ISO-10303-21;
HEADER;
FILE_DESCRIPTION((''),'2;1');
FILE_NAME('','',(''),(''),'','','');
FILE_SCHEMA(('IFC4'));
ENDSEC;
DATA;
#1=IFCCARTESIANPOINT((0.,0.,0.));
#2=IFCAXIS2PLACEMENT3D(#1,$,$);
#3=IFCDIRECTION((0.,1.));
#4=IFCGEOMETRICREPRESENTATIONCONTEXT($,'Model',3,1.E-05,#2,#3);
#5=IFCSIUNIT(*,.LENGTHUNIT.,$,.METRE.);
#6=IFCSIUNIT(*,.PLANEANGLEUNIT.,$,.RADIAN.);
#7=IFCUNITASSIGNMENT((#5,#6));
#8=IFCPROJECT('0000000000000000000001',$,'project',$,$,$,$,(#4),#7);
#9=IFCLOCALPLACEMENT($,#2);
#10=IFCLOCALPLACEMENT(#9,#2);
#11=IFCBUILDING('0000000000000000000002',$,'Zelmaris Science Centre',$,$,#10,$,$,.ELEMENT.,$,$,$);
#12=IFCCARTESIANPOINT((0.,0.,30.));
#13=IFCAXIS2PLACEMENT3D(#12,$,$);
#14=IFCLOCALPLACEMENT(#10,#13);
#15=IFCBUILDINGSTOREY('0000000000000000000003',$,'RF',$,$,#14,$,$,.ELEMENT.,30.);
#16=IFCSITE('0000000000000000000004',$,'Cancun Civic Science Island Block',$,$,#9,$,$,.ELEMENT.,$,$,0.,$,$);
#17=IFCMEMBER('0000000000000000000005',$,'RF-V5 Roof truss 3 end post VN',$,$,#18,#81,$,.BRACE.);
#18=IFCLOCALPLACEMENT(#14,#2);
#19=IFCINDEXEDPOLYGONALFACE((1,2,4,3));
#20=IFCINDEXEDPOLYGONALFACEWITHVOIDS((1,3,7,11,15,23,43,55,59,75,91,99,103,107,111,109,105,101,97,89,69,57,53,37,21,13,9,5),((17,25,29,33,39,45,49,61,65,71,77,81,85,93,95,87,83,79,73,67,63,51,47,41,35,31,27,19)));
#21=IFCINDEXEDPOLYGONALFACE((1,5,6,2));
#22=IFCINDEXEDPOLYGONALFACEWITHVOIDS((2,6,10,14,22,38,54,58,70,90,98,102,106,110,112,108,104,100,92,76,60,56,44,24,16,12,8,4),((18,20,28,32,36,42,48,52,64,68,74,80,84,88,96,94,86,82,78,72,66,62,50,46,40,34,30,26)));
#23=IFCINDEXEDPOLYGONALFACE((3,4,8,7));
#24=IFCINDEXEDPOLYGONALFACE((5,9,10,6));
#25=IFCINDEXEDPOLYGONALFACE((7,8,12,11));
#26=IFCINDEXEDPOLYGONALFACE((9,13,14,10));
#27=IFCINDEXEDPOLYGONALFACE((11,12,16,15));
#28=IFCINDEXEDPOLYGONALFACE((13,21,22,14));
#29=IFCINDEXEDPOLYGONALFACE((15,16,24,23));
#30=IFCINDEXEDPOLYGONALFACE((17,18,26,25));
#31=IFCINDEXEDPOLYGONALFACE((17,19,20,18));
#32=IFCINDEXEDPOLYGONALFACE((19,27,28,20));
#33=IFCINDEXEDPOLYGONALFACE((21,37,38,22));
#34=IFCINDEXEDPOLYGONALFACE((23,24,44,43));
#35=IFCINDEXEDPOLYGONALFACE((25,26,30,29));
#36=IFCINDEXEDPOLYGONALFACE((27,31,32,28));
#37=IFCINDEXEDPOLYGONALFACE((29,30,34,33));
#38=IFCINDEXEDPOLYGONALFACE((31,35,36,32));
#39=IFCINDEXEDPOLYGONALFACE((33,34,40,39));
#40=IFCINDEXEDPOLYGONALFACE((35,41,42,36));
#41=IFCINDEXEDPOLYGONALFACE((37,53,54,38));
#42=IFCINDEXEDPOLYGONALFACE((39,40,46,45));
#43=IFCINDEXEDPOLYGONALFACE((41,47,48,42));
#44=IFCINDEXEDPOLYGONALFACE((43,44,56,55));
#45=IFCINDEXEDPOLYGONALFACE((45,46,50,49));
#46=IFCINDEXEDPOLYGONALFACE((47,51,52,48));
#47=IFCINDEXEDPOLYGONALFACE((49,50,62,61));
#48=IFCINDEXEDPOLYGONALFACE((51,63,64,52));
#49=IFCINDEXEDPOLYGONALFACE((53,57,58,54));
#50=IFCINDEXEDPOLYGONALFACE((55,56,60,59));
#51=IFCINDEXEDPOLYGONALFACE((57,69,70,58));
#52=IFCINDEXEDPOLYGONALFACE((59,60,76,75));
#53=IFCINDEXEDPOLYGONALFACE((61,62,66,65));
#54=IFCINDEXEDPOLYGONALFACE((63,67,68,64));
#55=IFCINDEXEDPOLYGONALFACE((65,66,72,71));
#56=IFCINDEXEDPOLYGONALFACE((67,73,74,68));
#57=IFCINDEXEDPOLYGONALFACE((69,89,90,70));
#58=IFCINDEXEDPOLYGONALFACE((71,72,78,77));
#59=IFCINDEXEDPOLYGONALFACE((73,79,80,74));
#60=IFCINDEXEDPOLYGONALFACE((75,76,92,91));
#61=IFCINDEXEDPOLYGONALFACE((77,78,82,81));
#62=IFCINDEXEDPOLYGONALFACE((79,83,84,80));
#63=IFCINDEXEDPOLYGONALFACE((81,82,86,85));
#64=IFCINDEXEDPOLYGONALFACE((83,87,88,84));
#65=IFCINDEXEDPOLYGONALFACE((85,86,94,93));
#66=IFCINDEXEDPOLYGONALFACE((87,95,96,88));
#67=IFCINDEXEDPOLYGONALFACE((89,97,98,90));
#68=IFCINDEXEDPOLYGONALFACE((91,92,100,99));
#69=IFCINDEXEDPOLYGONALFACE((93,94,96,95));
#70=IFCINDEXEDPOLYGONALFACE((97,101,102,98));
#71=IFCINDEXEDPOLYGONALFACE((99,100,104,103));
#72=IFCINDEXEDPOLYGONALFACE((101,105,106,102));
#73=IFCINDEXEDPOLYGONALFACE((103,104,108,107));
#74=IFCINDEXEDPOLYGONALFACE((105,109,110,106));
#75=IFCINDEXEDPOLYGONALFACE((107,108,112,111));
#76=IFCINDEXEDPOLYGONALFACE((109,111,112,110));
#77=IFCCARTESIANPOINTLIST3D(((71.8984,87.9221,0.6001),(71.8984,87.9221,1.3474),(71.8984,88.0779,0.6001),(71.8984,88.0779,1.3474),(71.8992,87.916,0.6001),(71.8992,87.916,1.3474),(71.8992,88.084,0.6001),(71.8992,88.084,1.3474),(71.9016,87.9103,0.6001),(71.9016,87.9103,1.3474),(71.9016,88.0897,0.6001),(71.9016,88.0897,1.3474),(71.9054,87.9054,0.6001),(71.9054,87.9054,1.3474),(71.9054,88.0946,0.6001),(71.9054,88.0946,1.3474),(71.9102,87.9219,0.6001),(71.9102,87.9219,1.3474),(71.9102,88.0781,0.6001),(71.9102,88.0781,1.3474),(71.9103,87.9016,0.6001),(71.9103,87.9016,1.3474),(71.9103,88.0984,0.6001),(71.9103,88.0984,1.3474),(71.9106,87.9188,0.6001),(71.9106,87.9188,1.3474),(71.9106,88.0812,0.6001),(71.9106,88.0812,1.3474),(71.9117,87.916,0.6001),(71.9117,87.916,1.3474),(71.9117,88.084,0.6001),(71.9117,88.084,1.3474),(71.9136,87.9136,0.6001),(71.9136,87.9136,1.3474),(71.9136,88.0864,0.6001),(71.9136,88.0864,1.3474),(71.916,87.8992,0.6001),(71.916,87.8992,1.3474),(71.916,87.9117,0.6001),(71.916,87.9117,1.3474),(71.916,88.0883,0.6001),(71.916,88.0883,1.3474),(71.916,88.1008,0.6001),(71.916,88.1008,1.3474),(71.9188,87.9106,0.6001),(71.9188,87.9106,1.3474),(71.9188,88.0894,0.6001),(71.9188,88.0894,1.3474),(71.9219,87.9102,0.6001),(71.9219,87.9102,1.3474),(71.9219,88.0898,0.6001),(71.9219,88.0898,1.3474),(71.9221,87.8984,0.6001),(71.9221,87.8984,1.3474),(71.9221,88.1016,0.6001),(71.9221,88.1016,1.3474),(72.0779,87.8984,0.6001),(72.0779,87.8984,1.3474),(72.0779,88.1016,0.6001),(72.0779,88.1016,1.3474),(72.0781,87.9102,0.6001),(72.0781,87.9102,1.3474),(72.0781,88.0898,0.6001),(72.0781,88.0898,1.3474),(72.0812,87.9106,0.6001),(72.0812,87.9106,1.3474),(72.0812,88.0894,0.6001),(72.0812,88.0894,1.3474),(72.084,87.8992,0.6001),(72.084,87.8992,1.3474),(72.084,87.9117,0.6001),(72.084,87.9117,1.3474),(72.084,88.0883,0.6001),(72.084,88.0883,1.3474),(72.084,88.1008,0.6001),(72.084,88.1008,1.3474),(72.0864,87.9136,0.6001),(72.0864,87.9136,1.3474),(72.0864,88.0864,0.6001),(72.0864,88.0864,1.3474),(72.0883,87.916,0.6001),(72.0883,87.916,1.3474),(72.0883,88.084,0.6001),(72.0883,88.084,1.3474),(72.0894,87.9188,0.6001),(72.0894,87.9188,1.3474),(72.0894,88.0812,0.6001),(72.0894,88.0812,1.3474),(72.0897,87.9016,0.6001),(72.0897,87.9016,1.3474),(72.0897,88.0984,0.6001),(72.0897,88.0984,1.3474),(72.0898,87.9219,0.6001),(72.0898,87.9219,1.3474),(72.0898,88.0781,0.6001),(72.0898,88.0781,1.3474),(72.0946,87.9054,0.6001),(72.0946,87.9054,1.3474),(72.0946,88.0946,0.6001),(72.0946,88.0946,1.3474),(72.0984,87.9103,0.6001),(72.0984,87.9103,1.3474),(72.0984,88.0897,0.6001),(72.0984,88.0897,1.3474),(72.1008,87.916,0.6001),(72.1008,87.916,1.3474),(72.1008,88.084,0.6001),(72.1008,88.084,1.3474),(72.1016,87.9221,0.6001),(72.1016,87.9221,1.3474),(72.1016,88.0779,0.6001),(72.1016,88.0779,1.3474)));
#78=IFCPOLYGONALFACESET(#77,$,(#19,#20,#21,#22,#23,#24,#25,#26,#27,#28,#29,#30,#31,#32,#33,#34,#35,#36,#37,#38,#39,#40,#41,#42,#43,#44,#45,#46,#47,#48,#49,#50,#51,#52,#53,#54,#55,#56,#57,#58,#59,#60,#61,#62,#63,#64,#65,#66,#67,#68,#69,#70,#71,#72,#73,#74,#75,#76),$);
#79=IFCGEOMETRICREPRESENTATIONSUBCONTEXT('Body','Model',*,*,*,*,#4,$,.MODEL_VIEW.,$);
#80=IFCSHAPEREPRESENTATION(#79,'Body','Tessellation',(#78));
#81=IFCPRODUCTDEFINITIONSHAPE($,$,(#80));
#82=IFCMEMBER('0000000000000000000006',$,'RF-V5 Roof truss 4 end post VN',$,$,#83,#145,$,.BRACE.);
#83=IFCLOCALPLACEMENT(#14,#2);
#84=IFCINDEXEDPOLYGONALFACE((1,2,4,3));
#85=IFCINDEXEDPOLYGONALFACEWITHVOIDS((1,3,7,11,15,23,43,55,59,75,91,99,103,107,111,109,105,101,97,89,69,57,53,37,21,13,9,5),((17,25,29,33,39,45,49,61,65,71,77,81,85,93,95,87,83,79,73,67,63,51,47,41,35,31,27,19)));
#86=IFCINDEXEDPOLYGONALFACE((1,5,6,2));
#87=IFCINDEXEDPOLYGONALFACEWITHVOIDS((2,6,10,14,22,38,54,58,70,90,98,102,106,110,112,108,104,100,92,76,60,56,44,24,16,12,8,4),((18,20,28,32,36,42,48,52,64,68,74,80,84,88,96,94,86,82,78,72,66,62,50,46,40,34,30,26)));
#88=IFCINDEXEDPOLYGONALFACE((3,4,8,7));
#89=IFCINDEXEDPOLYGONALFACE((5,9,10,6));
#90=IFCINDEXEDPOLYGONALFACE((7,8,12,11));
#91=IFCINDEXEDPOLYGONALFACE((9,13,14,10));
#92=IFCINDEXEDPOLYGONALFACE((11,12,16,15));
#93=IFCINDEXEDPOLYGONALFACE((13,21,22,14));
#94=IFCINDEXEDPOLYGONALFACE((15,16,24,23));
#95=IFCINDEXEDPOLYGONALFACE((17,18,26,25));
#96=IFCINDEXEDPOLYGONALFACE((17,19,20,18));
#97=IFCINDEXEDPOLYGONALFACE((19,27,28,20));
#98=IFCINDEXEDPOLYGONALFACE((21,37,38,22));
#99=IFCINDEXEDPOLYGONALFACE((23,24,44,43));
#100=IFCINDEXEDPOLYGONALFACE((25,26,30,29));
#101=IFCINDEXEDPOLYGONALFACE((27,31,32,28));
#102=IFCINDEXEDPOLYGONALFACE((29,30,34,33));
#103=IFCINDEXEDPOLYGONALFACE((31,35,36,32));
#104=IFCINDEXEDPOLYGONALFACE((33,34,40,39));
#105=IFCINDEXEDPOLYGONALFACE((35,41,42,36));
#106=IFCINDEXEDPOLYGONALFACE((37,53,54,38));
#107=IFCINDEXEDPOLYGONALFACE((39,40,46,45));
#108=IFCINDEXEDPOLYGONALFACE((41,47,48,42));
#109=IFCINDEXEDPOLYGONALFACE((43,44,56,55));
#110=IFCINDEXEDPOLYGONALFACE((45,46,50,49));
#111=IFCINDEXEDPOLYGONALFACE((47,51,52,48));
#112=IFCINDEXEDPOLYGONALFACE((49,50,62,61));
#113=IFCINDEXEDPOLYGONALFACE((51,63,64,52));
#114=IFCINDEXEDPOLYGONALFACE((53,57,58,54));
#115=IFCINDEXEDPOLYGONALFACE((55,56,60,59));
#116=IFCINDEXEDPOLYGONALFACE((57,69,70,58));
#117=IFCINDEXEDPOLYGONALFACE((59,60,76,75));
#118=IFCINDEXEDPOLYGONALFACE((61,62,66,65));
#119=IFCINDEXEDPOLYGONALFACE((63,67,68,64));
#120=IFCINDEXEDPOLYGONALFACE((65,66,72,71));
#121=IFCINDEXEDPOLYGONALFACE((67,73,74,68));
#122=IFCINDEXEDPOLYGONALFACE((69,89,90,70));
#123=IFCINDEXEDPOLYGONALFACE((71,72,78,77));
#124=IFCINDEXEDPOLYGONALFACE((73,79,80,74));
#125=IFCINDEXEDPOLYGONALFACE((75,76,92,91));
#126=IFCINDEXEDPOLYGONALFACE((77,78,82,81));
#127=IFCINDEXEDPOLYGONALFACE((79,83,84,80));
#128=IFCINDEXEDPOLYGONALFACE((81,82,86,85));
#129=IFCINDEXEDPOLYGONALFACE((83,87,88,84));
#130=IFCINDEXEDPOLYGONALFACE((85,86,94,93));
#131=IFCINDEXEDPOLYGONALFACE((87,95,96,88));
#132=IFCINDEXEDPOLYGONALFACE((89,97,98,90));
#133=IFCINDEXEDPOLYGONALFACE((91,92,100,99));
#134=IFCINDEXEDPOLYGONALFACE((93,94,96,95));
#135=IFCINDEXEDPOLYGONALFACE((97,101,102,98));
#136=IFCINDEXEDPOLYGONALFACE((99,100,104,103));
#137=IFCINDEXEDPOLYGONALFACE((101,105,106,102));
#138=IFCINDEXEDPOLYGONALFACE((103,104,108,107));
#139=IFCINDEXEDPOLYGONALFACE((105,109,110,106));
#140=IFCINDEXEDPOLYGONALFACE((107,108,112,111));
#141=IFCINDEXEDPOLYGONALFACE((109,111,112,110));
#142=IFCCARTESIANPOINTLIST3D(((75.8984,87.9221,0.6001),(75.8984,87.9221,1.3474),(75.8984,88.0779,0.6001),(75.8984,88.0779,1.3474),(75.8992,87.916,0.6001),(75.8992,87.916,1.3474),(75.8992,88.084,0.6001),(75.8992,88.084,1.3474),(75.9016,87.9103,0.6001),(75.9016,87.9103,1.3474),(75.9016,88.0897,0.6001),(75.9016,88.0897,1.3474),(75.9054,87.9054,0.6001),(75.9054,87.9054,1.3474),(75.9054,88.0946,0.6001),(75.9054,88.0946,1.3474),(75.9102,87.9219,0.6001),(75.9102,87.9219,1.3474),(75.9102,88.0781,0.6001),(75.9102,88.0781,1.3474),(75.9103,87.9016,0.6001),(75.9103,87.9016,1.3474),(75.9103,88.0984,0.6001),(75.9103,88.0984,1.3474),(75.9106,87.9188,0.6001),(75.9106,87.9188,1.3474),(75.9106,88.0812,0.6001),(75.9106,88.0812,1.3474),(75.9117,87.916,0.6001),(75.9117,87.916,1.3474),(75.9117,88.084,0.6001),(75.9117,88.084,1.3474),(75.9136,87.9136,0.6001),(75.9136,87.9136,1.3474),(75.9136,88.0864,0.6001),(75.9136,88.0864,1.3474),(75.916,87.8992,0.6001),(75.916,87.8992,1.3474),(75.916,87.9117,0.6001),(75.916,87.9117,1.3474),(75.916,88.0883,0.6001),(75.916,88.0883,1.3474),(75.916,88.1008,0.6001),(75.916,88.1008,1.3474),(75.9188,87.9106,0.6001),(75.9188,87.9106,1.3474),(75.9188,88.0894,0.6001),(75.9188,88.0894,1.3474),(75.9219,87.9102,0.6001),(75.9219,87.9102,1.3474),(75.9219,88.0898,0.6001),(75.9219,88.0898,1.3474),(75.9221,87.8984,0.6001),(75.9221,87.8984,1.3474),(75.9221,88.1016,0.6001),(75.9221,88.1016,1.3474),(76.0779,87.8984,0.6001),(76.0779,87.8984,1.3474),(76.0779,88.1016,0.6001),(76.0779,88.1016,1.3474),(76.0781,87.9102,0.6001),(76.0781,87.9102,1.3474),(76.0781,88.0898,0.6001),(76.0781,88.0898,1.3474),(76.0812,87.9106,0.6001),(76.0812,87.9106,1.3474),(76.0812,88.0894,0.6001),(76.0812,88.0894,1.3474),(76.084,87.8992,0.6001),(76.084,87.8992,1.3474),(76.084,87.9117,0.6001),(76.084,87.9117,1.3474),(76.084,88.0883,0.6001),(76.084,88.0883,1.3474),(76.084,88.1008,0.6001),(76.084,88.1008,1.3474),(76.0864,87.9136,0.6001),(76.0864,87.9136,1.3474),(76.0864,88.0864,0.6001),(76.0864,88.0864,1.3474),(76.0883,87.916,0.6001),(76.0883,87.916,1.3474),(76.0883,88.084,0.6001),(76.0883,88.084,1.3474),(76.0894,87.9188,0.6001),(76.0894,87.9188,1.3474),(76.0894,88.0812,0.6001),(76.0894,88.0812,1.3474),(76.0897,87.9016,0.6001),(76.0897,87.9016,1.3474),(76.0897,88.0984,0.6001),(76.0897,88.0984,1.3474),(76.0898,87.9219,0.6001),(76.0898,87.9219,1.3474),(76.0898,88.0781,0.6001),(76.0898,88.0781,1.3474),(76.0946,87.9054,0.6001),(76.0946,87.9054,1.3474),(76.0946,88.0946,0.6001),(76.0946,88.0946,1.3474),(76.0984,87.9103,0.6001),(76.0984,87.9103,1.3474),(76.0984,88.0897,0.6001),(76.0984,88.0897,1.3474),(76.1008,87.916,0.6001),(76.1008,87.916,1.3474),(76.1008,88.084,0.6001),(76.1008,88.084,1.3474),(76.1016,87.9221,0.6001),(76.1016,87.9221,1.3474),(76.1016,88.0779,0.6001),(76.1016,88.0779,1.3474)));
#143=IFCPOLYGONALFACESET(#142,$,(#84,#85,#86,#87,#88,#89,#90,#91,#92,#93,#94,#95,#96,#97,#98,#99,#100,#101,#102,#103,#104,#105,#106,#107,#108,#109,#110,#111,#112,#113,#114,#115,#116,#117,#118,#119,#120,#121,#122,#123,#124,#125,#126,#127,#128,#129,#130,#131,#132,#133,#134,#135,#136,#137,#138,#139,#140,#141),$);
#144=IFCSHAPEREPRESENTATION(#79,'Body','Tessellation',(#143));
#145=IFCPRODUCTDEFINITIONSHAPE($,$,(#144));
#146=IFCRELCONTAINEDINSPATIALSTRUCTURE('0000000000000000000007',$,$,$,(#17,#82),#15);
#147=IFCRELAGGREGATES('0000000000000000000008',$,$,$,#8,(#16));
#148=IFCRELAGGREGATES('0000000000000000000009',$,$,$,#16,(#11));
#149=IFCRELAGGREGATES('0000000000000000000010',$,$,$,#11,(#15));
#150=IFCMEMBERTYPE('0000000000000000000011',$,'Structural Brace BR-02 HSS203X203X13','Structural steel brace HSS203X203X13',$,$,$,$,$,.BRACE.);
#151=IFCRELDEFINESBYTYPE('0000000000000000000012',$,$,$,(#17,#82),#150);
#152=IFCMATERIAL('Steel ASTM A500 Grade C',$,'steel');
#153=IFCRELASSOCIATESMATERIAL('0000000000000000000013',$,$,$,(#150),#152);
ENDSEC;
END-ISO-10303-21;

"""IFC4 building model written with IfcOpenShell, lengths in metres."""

from ifc_helpers import new_model, si_unit, direction, frame, origin, origin_2d, place, context, subcontext, project, spatial, hollow_rectangle, extrude, material, material_profile, profile_set, type_object, element, save


model = new_model("IFC4")

# Units and contexts
model_context = context("Model", 3, precision=1e-05, world=origin(), true_north=direction((0.0, 1.0)))
body_context = subcontext(model_context, "Body", "Model", "MODEL_VIEW")
ifc_project = project(units=[si_unit("LENGTHUNIT", "METRE"), si_unit("PLANEANGLEUNIT", "RADIAN")], contexts=[model_context])

# Site, building, storey
site_placement = place(None, origin())
site = spatial("IfcSite", under=ifc_project, at=site_placement, Name="Cancun Civic Science Island Block", CompositionType="ELEMENT", RefElevation=0.0)
building_placement = place(site_placement, origin())
building = spatial("IfcBuilding", under=site, at=building_placement, Name="Zelmaris Science Centre", CompositionType="ELEMENT")
storey_placement = place(building_placement, frame((0.0, 0.0, 30.0)))
storey = spatial("IfcBuildingStorey", under=building, at=storey_placement, Name="RF", CompositionType="ELEMENT", Elevation=30.0)

# Shared definitions
ifc_material = material(Name="Steel ASTM A500 Grade C", Category="steel")

# Members
ifc_material_profile_1 = material_profile(ifc_material, hollow_rectangle(XDim=0.2031, YDim=0.2031, WallThickness=0.0117, InnerFilletRadius=0.0117, OuterFilletRadius=0.0237, at=origin_2d()), Name="HSS203X203X13")
ifc_profile_set_1 = profile_set([ifc_material_profile_1], Name="Steel ASTM A500 Grade C")
member_type_1 = type_object("IfcMemberType", Name="Structural Brace BR-02 HSS203X203X13", Description="Structural steel brace HSS203X203X13", PredefinedType="BRACE", material=ifc_profile_set_1)
for number, where, z_axis, x_axis, name in (
    (1, (72.0, 88.0, 0.6001), (0.0, 0.0, 1.0), (1.0, 0.0, 0.0), "RF-V5 Roof truss 3 end post VN"),
    (2, (76.0, 88.0, 0.6001), (0.0, 0.0, 1.0), (1.0, 0.0, 0.0), "RF-V5 Roof truss 4 end post VN"),
):
    element("IfcMember", number, at=place(storey_placement, frame(where, z_axis=z_axis, x_axis=x_axis)), inside=storey, type_object=member_type_1, Name=name, PredefinedType="BRACE", context=body_context, shape_type="SweptSolid", body=[
        extrude(hollow_rectangle(XDim=0.2031, YDim=0.2031, WallThickness=0.0117, InnerFilletRadius=0.0117, OuterFilletRadius=0.0237, at=origin_2d()), origin(), (0.0, 0.0, 1.0), 0.7473),
    ])

save(model, "model.ifc")
